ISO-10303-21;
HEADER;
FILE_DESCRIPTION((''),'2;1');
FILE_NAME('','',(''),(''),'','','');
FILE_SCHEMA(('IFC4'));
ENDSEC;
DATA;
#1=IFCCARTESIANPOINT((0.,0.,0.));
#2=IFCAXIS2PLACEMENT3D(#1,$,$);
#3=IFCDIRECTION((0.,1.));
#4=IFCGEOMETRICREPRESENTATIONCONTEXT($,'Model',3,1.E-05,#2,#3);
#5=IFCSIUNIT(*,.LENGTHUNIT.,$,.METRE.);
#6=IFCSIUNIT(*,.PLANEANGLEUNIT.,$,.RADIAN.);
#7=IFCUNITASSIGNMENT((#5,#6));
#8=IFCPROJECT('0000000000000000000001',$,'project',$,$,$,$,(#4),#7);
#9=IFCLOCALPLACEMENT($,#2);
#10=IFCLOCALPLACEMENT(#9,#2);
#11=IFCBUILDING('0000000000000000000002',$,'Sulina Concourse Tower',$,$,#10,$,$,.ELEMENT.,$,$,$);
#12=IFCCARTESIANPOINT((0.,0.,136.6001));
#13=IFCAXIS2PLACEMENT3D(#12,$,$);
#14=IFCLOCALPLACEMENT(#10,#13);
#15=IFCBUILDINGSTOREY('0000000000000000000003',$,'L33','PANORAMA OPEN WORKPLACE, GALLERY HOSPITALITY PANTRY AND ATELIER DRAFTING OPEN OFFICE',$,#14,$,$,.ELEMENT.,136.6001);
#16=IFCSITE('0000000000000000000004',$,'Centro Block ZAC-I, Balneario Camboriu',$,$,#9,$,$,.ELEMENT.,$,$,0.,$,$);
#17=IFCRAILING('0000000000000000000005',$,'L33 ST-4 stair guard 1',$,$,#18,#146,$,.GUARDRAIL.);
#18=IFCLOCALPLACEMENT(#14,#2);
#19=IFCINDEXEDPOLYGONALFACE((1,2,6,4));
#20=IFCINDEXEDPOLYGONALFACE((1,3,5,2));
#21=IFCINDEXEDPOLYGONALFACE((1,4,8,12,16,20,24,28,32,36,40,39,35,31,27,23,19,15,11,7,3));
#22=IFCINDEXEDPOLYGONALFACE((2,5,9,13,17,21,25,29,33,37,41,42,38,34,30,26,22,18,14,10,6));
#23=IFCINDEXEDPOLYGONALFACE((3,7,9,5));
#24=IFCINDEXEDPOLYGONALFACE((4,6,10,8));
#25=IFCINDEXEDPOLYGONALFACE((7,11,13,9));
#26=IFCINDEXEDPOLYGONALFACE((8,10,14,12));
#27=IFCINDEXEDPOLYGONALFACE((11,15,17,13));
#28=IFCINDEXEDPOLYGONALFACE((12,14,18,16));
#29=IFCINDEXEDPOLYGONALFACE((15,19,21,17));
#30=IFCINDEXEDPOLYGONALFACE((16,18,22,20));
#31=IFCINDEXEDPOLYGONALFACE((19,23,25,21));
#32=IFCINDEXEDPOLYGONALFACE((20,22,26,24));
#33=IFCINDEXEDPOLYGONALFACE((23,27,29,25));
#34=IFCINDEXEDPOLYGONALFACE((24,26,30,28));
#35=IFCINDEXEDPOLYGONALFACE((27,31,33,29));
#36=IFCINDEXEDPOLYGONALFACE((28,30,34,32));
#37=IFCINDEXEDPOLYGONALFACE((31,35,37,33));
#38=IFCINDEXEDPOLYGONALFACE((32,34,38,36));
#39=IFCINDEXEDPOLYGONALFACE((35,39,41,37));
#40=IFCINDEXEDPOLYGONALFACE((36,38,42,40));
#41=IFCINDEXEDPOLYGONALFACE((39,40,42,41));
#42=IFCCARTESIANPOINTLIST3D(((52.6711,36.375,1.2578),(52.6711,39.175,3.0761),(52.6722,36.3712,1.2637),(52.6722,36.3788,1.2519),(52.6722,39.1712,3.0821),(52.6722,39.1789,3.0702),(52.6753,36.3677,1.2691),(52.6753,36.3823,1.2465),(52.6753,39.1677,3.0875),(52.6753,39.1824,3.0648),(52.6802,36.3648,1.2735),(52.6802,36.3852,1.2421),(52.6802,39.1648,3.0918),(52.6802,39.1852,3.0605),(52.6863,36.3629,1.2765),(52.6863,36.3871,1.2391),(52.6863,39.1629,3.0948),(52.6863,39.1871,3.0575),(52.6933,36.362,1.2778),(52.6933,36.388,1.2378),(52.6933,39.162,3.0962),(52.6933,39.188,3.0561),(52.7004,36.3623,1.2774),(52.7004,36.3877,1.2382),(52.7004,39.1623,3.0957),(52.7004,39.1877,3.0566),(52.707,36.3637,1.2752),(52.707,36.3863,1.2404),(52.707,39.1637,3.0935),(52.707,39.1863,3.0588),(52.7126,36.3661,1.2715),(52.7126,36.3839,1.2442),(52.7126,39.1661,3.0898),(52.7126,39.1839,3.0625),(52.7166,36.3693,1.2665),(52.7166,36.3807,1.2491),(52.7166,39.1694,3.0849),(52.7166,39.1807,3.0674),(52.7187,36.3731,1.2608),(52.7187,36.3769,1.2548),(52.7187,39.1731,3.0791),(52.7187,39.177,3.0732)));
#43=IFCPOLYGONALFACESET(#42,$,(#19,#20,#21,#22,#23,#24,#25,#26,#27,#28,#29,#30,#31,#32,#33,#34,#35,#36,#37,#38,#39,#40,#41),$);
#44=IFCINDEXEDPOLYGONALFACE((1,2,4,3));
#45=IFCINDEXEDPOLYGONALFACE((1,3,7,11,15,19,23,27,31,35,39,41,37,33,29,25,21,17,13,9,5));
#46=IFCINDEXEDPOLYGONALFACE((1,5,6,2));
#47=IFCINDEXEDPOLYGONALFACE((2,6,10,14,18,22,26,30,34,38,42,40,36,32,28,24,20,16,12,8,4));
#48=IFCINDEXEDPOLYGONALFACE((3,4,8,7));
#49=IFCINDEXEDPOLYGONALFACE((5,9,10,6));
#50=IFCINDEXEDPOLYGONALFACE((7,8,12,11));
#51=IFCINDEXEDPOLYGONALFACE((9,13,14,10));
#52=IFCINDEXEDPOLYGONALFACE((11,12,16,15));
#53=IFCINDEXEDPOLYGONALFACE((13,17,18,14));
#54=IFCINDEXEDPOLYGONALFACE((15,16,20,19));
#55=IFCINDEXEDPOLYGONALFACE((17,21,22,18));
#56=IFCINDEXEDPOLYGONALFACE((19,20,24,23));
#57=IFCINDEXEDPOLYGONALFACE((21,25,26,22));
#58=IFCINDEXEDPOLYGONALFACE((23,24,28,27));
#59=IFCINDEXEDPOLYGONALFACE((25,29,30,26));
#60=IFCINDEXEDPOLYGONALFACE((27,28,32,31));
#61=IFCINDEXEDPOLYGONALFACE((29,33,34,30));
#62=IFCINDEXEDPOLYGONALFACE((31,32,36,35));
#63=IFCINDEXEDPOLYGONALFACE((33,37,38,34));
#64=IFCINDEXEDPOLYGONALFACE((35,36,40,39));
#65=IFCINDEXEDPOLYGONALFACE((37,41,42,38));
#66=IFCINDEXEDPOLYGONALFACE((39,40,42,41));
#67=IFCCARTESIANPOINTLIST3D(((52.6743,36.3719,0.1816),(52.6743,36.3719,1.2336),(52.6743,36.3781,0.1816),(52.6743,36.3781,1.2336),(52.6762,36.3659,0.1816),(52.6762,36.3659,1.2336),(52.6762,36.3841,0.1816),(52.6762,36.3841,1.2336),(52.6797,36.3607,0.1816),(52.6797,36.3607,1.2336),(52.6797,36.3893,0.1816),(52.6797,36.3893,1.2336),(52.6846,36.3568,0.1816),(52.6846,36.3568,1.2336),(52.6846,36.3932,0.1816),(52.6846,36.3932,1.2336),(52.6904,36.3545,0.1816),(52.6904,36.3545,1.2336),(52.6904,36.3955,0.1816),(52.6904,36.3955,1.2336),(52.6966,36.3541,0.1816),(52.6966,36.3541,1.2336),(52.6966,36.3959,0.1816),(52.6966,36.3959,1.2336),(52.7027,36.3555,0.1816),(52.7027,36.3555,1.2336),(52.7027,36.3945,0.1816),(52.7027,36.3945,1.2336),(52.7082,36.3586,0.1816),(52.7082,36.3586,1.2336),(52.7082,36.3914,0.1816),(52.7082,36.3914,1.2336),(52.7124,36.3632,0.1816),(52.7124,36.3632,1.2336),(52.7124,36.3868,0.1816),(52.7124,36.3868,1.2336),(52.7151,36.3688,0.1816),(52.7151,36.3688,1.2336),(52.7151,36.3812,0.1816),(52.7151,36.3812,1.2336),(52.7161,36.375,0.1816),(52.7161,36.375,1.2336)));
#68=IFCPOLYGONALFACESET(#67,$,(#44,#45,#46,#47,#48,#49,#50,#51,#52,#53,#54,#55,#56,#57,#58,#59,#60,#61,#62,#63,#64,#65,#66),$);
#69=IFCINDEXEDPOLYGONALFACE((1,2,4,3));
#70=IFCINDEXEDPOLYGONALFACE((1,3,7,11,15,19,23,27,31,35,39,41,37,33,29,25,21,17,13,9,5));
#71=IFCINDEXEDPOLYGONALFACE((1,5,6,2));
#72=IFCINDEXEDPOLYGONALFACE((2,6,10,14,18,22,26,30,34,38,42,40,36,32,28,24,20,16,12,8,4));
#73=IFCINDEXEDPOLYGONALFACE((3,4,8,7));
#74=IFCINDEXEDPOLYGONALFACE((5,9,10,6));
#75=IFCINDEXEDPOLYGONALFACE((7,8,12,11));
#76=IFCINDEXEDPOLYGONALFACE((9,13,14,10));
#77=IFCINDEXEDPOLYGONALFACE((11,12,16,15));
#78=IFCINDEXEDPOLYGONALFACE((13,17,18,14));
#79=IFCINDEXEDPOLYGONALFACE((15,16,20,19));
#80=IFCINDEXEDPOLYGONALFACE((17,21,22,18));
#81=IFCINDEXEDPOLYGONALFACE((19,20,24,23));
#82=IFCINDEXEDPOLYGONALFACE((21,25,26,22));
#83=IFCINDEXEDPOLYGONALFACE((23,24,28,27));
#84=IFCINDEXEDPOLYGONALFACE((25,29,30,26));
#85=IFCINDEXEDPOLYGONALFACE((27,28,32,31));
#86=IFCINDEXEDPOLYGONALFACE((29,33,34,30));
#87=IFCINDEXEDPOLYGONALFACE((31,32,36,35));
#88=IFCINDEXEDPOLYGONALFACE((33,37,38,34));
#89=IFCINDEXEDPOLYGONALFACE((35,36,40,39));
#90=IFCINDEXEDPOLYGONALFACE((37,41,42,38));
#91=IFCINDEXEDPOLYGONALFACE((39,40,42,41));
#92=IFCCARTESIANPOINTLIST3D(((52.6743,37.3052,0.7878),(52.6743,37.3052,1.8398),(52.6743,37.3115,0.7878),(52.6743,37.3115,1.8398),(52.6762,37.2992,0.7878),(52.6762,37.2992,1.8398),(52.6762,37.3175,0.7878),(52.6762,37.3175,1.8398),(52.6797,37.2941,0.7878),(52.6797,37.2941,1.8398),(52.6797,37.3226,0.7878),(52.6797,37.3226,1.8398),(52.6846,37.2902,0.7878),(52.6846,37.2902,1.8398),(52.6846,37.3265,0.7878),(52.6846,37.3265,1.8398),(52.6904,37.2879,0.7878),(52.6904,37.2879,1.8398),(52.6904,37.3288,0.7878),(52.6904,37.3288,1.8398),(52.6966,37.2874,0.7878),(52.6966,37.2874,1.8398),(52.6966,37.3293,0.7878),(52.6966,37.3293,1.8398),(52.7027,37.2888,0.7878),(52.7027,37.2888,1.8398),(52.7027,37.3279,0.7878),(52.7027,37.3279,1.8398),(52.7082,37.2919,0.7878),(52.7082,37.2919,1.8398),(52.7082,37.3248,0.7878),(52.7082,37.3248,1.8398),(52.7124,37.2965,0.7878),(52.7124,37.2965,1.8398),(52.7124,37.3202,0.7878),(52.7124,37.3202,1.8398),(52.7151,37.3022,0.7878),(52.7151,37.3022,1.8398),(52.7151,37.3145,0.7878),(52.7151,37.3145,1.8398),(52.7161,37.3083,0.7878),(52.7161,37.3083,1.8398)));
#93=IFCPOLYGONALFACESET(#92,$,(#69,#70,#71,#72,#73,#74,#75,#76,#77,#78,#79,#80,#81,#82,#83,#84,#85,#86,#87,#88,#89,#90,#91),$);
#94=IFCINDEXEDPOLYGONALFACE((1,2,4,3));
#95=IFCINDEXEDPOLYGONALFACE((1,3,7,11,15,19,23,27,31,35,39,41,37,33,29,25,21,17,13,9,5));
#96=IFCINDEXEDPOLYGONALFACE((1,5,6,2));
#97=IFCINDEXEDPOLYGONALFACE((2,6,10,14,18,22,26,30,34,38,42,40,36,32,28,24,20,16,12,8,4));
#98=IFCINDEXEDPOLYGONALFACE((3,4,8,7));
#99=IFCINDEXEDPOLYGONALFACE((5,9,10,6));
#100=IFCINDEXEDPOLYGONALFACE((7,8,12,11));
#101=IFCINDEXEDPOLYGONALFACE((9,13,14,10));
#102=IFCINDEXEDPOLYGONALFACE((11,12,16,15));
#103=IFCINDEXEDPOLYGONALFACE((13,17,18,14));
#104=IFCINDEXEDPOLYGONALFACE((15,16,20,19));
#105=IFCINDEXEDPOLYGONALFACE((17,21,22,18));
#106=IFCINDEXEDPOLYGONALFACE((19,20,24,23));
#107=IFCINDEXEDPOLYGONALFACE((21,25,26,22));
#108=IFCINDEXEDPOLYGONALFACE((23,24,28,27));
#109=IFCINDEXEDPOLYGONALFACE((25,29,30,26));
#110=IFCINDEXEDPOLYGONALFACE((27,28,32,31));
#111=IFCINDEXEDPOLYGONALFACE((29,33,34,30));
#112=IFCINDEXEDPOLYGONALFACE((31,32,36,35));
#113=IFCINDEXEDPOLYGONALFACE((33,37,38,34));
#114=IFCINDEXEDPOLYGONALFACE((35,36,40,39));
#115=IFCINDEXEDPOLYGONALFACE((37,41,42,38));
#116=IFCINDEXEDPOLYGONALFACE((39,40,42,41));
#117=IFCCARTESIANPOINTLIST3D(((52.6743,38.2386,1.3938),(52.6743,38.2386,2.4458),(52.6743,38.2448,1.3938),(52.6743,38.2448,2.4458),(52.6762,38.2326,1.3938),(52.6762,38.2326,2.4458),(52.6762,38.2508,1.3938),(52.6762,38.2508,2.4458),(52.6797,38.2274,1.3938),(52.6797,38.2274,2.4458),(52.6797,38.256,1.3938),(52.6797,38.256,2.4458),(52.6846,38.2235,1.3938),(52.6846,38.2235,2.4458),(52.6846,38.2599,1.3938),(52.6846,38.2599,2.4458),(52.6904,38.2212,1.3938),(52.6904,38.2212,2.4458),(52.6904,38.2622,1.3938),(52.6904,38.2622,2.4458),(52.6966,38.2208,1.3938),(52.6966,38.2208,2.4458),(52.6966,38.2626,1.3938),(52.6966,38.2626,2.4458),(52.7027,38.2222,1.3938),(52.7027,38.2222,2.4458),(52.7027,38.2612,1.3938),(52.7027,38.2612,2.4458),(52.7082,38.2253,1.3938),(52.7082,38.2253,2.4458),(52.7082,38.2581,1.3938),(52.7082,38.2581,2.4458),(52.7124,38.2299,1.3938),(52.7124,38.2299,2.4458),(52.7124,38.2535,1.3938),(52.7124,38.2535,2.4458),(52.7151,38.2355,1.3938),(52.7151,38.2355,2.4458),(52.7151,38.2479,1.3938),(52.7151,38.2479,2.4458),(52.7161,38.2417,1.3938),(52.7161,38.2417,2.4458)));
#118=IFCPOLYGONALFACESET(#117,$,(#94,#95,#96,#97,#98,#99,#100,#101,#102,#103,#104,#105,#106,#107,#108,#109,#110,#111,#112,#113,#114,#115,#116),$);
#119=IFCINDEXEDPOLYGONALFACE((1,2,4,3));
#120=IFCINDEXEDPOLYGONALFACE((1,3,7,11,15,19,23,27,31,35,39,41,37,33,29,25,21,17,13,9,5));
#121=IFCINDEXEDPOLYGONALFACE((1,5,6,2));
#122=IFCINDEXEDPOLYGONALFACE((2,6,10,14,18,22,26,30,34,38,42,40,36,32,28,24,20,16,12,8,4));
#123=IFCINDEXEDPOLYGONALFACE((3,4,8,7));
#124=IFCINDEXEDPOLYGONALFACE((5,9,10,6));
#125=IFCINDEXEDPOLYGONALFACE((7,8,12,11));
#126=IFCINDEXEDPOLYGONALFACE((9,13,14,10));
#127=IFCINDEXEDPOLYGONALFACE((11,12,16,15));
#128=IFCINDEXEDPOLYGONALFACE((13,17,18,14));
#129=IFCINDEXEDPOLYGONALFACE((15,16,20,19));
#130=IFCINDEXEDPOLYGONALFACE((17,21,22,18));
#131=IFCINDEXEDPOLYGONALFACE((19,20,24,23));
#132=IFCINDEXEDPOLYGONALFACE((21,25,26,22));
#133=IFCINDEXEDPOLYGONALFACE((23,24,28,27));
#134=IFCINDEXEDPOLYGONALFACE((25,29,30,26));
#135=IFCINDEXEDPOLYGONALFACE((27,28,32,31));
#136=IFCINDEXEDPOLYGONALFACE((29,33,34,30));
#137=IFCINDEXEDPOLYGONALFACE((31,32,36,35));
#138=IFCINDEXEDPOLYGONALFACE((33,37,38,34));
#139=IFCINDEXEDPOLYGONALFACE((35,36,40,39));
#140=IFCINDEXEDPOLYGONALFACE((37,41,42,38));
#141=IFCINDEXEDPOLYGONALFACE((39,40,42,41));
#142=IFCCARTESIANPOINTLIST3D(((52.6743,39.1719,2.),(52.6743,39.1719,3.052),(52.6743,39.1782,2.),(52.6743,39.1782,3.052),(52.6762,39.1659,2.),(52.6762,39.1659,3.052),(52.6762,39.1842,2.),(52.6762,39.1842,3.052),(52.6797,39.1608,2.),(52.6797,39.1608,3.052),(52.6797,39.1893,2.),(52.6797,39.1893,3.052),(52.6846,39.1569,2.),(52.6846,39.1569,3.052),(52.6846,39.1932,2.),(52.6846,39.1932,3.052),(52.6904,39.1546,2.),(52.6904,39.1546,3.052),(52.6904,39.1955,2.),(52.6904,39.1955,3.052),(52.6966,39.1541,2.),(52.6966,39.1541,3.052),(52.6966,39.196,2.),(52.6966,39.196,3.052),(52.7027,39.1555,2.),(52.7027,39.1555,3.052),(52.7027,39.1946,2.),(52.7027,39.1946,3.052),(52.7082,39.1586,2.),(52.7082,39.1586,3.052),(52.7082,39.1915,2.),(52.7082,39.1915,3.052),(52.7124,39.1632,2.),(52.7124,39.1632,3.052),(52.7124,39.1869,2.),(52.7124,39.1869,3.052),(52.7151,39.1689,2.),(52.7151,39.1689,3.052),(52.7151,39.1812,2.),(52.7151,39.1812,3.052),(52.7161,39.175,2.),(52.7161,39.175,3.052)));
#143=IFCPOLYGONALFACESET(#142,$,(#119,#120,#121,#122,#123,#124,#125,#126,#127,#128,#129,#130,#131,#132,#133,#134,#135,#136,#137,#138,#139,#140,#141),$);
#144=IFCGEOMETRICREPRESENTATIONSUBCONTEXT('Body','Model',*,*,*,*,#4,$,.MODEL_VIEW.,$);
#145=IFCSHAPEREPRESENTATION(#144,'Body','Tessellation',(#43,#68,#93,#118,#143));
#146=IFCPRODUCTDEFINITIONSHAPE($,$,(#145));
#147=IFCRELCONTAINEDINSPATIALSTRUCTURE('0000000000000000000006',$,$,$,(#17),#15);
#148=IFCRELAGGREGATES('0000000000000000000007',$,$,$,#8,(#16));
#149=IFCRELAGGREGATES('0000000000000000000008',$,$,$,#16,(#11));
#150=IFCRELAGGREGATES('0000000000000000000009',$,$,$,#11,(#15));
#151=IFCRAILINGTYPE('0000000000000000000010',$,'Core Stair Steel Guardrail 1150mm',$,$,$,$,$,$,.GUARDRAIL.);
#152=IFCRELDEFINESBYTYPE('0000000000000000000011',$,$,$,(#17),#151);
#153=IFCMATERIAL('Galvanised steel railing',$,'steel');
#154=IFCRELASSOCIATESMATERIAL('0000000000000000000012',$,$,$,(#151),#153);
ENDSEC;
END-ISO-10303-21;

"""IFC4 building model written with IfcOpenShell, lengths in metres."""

from ifc_helpers import new_model, si_unit, direction, frame, origin, origin_2d, place, context, subcontext, project, spatial, circle, extrude, material, type_object, element, save


model = new_model("IFC4")

# Units and contexts
model_context = context("Model", 3, precision=1e-05, world=origin(), true_north=direction((0.0, 1.0)))
body_context = subcontext(model_context, "Body", "Model", "MODEL_VIEW")
ifc_project = project(units=[si_unit("LENGTHUNIT", "METRE"), si_unit("PLANEANGLEUNIT", "RADIAN")], contexts=[model_context])

# Site, building, storey
site_placement = place(None, origin())
site = spatial("IfcSite", under=ifc_project, at=site_placement, Name="Centro Block ZAC-I, Balneario Camboriu", CompositionType="ELEMENT", RefElevation=0.0)
building_placement = place(site_placement, origin())
building = spatial("IfcBuilding", under=site, at=building_placement, Name="Sulina Concourse Tower", CompositionType="ELEMENT")
storey_placement = place(building_placement, frame((0.0, 0.0, 136.6001)))
storey = spatial("IfcBuildingStorey", under=building, at=storey_placement, Name="L33", Description="PANORAMA OPEN WORKPLACE, GALLERY HOSPITALITY PANTRY AND ATELIER DRAFTING OPEN OFFICE", CompositionType="ELEMENT", Elevation=136.6001)

# Railing
ifc_material_1 = material(Name="Galvanised steel railing", Category="steel")
railing_type_1 = type_object("IfcRailingType", Name="Core Stair Steel Guardrail 1150mm", PredefinedType="GUARDRAIL", material=ifc_material_1)
railing_1_placement = place(storey_placement, frame((52.6951, 36.375, 0.1816)))
element("IfcRailing", 1, at=railing_1_placement, inside=storey, type_object=railing_type_1, Name="L33 ST-4 stair guard 1", PredefinedType="GUARDRAIL", context=body_context, shape_type="SweptSolid", body=[
    extrude(circle(Radius=0.0239, at=origin_2d()), frame((0.0, 0.0, 1.0762), z_axis=(0.0, 0.838672, 0.544636), x_axis=(-1.0, 0.0, 0.0)), (0.0, 0.0, 1.0), 3.3386),
    extrude(circle(Radius=0.021, at=origin_2d()), origin(), (0.0, 0.0, 1.0), 1.052),
    extrude(circle(Radius=0.021, at=origin_2d()), frame((0.0, 0.9333, 0.6062)), (0.0, 0.0, 1.0), 1.052),
    extrude(circle(Radius=0.021, at=origin_2d()), frame((0.0, 1.8667, 1.2122)), (0.0, 0.0, 1.0), 1.052),
    extrude(circle(Radius=0.021, at=origin_2d()), frame((0.0, 2.8, 1.8184)), (0.0, 0.0, 1.0), 1.052),
])

save(model, "model.ifc")
